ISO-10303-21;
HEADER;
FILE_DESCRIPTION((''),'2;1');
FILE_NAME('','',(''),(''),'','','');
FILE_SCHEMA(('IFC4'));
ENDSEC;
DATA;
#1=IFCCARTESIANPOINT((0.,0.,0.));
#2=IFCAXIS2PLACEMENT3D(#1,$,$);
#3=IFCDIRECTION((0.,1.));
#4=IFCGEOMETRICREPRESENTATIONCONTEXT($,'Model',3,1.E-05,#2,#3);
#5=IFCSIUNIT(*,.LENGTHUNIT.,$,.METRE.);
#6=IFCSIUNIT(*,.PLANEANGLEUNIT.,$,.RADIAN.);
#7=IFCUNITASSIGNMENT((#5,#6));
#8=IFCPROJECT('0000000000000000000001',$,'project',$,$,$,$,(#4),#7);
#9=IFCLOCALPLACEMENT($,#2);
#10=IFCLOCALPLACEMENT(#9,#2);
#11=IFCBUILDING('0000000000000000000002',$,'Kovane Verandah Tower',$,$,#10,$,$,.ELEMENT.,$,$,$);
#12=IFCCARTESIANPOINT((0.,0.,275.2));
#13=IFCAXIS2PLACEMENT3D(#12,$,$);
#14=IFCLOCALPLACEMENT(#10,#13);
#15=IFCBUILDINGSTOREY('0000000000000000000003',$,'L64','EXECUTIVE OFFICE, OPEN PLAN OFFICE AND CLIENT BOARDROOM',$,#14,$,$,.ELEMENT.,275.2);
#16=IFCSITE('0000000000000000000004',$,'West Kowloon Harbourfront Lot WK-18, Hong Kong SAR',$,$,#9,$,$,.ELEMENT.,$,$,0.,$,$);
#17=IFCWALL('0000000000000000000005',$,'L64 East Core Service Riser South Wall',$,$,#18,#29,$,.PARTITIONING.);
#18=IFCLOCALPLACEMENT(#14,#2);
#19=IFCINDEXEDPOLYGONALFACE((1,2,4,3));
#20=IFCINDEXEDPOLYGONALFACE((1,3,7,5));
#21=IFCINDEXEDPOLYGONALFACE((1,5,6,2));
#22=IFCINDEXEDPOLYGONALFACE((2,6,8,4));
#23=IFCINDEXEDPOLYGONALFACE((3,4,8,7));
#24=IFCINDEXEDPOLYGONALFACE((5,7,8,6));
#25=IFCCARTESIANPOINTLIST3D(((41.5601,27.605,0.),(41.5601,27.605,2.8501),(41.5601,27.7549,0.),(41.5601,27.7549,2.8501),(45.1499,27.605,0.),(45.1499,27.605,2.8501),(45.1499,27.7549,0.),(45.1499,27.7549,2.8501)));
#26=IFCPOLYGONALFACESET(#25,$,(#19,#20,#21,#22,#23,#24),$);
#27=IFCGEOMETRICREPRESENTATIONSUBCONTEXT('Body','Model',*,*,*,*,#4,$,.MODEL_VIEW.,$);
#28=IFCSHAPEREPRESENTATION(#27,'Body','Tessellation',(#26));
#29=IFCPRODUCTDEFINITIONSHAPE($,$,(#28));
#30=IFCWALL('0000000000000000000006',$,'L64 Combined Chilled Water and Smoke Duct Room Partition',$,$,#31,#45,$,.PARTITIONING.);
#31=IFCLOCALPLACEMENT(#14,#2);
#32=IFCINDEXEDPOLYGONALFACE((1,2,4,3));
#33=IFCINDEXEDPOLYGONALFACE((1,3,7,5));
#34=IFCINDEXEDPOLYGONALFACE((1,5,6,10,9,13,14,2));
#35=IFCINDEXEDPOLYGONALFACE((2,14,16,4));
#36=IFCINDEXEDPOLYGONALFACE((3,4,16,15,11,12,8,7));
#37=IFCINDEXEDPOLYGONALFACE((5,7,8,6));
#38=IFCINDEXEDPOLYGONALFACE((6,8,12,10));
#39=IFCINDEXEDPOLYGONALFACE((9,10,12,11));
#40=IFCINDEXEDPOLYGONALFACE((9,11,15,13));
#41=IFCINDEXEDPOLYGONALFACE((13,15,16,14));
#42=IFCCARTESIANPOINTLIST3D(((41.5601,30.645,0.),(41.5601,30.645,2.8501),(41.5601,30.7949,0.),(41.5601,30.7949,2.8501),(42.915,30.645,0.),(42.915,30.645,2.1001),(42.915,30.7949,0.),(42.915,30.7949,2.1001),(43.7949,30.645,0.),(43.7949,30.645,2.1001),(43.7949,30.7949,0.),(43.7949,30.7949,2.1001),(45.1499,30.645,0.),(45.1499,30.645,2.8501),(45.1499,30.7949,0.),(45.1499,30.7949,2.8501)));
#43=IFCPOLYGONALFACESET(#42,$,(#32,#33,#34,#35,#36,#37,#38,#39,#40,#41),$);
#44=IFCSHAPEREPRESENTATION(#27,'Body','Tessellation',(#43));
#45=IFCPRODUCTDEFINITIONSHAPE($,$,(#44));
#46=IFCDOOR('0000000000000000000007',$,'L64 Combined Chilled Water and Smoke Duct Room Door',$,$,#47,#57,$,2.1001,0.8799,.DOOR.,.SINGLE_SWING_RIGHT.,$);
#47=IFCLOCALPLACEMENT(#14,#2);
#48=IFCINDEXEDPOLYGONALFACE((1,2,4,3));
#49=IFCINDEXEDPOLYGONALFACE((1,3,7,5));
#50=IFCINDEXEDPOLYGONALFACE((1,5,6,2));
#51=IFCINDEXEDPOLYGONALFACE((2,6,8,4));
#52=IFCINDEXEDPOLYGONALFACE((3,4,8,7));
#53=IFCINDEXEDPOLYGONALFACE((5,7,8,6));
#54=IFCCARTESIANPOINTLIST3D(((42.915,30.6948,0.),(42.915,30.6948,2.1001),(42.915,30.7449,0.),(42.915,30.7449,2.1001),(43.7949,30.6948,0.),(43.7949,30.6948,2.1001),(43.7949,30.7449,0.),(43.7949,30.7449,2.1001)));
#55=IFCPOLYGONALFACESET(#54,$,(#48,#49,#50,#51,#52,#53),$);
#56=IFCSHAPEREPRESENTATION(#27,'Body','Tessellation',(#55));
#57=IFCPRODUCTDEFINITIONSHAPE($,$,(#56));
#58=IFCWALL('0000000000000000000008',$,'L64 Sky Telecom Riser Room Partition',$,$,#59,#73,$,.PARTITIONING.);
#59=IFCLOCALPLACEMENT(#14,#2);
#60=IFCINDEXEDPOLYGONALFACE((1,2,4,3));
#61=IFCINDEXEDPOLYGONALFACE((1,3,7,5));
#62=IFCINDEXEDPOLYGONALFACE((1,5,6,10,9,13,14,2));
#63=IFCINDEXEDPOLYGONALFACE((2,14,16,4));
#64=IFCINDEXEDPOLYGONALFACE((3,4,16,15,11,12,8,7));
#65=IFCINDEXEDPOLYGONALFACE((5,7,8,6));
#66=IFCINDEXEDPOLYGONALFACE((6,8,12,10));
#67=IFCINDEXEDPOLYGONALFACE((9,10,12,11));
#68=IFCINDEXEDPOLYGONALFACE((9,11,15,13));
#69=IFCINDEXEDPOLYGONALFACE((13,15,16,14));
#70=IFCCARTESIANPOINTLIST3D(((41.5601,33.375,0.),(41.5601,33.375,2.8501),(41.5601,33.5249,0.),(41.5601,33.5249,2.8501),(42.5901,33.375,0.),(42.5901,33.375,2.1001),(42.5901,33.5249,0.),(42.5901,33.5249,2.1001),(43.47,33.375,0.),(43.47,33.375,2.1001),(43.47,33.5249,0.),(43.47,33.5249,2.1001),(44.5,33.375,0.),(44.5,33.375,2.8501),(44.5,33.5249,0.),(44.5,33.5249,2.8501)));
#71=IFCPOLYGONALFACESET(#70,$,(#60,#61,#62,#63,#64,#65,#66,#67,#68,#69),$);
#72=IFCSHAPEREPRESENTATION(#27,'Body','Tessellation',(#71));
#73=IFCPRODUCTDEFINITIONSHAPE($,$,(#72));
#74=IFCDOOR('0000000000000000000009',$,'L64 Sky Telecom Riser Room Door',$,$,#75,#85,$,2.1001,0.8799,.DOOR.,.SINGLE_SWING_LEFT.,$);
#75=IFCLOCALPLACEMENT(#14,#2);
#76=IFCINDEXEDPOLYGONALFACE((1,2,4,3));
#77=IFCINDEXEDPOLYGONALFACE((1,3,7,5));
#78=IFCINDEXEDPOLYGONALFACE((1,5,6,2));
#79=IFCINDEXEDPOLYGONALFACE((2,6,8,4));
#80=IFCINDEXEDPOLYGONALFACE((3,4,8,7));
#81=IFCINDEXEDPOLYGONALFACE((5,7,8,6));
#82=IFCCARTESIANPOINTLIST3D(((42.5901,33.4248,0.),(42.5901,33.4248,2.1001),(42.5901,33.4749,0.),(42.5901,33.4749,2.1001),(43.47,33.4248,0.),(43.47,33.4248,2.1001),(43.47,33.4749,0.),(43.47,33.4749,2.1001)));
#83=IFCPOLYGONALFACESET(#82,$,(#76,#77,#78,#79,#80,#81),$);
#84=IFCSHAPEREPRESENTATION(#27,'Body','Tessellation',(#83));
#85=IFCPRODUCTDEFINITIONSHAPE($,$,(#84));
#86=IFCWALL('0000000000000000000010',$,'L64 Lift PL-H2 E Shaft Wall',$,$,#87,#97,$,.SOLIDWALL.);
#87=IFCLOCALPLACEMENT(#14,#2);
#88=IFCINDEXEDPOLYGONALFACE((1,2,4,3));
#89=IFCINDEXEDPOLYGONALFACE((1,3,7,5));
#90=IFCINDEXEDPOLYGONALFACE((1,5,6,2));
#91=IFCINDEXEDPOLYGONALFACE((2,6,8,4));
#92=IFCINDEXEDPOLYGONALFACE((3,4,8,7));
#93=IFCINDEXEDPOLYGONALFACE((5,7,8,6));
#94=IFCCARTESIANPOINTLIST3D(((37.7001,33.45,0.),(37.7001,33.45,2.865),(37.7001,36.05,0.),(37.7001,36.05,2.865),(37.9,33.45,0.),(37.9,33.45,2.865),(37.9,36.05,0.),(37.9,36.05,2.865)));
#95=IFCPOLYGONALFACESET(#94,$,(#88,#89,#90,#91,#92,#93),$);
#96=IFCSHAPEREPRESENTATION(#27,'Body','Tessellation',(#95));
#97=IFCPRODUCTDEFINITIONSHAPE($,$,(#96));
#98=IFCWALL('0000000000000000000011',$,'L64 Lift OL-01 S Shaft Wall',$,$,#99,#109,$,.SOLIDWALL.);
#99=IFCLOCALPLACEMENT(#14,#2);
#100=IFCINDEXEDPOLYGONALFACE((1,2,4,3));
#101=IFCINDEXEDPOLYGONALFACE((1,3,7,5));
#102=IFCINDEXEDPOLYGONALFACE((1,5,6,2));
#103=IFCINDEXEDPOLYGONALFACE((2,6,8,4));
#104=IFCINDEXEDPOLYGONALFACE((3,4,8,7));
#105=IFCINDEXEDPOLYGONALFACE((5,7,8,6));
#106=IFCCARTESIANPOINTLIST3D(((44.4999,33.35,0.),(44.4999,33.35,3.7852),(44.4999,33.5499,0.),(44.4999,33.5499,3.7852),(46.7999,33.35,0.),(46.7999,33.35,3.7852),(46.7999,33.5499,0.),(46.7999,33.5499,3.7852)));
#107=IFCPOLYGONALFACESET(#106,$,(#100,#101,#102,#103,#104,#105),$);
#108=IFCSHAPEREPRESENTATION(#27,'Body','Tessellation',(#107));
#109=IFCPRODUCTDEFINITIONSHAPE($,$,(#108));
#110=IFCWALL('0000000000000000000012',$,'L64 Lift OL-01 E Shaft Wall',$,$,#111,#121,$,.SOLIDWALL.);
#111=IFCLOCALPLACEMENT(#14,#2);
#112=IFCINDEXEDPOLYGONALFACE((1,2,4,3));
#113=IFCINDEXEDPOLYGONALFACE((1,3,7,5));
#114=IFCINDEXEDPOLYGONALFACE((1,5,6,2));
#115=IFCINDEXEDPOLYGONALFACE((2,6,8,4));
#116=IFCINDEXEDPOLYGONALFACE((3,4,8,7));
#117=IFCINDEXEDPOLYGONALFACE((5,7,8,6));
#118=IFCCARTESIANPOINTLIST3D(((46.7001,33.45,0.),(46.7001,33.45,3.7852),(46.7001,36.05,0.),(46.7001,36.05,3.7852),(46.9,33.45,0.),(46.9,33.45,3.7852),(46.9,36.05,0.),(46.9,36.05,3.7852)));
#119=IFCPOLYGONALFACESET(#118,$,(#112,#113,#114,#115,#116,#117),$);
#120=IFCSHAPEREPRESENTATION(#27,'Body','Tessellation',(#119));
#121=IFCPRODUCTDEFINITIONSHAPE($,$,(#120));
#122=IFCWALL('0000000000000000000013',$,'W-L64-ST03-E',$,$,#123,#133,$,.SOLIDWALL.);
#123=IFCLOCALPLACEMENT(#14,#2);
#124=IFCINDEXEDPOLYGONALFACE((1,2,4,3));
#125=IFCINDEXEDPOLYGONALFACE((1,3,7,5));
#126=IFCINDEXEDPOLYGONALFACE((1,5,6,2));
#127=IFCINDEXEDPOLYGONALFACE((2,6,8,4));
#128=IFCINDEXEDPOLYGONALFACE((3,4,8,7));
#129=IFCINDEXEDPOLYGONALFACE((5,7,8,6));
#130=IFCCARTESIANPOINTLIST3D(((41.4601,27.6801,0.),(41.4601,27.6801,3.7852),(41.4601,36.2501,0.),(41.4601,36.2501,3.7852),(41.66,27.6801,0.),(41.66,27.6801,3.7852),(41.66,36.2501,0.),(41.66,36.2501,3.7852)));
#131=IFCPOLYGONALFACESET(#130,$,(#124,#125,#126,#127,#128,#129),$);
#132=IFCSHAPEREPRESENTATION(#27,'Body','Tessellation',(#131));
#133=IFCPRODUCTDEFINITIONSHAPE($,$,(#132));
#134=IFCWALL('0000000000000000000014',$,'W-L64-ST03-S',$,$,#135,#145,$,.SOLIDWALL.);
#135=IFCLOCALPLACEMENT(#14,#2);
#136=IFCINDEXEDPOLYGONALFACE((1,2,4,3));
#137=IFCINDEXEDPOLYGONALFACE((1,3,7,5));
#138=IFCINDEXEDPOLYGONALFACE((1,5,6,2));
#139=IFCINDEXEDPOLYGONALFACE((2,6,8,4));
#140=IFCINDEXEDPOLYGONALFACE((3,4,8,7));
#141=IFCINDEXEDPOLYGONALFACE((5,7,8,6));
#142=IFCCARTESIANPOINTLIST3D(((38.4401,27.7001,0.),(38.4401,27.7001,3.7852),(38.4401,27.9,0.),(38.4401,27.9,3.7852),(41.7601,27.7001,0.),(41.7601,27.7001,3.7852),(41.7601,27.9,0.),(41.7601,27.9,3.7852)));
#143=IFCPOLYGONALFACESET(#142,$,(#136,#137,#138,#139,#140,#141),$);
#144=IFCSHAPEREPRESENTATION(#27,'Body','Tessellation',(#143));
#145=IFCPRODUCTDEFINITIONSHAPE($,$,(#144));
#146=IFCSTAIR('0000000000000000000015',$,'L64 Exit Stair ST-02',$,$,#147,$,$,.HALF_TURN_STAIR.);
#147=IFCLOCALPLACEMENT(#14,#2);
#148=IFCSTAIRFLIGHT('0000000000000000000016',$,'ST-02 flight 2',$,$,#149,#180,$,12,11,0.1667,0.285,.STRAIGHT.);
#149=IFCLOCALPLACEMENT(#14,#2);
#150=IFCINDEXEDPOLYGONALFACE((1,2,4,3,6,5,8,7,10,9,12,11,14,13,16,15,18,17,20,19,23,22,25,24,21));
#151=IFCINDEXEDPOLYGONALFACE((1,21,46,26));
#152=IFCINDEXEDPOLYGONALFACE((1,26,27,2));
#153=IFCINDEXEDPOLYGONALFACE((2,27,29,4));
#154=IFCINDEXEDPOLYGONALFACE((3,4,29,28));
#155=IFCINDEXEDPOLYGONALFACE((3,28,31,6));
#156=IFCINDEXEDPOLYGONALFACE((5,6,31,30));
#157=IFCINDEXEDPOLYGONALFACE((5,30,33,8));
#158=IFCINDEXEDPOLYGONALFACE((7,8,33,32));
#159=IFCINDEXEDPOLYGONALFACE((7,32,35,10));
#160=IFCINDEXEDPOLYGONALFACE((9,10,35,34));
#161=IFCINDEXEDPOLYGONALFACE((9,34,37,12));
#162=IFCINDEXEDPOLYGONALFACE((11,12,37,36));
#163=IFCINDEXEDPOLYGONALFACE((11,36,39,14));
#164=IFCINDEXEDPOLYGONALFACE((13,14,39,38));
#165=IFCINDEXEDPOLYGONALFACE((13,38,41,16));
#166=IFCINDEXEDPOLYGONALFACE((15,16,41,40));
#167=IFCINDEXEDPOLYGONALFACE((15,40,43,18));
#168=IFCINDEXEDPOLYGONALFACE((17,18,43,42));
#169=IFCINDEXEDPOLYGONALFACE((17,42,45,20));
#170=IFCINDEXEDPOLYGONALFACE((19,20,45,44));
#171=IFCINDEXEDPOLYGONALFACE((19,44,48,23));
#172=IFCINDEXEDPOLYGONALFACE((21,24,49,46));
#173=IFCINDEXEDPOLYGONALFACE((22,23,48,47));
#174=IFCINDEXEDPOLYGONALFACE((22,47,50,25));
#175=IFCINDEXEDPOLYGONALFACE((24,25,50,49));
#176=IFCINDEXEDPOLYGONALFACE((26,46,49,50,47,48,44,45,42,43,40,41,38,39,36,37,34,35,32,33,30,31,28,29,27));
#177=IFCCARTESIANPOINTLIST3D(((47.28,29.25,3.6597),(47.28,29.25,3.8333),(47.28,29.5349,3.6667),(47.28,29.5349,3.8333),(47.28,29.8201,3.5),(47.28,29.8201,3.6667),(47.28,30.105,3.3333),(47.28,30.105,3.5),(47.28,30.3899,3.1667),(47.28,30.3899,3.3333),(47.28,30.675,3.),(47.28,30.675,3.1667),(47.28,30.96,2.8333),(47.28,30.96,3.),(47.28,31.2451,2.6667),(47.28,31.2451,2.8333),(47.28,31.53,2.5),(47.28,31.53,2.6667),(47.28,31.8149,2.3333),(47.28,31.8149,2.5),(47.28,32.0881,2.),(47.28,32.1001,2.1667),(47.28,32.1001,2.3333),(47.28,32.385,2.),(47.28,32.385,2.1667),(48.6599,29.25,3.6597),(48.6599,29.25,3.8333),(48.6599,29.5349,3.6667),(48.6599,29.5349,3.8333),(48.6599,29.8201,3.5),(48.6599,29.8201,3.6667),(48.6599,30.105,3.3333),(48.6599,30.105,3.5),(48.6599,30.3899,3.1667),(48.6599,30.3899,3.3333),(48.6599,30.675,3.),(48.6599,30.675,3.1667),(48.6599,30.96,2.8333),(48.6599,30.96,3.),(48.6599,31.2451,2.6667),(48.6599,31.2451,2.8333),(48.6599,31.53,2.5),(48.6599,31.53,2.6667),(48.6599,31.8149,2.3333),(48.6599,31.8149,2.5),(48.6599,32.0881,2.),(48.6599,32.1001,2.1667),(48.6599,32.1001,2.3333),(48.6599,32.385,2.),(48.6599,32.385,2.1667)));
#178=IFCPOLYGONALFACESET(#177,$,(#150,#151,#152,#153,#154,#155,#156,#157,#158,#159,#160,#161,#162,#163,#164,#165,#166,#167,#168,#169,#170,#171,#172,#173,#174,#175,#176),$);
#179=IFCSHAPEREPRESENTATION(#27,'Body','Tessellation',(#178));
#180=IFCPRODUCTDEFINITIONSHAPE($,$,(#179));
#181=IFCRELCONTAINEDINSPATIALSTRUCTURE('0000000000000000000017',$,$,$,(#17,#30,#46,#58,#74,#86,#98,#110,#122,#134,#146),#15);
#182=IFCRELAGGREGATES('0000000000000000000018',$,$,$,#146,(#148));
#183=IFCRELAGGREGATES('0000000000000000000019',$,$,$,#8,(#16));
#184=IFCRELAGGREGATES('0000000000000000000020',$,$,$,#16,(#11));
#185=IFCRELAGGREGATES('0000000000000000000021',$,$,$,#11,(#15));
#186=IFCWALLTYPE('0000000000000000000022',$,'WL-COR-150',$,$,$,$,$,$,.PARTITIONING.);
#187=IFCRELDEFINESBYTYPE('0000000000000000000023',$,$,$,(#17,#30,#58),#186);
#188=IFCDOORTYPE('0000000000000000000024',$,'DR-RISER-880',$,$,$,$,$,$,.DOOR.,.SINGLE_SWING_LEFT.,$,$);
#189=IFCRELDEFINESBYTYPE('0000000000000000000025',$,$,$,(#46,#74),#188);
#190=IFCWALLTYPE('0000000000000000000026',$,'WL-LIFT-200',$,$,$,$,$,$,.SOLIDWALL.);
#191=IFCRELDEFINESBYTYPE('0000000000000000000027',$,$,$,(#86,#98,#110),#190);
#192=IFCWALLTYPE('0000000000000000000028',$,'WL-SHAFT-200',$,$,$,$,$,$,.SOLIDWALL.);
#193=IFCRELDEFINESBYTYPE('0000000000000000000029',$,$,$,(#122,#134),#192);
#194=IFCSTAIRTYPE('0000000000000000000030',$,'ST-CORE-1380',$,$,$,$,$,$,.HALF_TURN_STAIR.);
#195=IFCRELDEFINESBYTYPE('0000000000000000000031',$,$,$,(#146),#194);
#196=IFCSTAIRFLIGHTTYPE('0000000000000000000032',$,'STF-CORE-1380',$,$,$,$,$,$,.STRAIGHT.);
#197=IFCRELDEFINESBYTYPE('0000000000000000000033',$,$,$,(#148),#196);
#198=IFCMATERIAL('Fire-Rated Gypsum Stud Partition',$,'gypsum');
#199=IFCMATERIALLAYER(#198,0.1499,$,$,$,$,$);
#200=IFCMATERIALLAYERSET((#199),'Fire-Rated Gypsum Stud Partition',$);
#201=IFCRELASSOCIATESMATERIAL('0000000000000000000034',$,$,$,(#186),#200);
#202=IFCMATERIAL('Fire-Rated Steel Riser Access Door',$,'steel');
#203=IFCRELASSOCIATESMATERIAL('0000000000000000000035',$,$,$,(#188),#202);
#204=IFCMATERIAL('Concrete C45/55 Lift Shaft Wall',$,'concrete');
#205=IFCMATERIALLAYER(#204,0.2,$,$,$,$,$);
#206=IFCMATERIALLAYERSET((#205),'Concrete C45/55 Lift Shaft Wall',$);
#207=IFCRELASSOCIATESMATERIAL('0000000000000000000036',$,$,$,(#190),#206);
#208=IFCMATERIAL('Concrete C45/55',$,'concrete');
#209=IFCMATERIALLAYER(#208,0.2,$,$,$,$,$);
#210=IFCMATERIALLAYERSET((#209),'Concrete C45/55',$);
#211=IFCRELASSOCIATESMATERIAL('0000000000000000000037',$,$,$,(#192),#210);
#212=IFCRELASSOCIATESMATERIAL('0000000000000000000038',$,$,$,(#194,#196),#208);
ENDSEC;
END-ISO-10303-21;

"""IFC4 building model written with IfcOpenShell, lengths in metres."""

from ifc_helpers import new_model, si_unit, direction, frame, frame_2d, origin, place, context, subcontext, project, spatial, polyline, rectangle, outline, extrude, material, layer, layer_set, type_object, element, fill, aggregate, save


model = new_model("IFC4")

# Units and contexts
model_context = context("Model", 3, precision=1e-05, world=origin(), true_north=direction((0.0, 1.0)))
body_context = subcontext(model_context, "Body", "Model", "MODEL_VIEW")
ifc_project = project(units=[si_unit("LENGTHUNIT", "METRE"), si_unit("PLANEANGLEUNIT", "RADIAN")], contexts=[model_context])

# Site, building, storey
site_placement = place(None, origin())
site = spatial("IfcSite", under=ifc_project, at=site_placement, Name="West Kowloon Harbourfront Lot WK-18, Hong Kong SAR", CompositionType="ELEMENT", RefElevation=0.0)
building_placement = place(site_placement, origin())
building = spatial("IfcBuilding", under=site, at=building_placement, Name="Kovane Verandah Tower", CompositionType="ELEMENT")
storey_placement = place(building_placement, frame((0.0, 0.0, 275.2)))
storey = spatial("IfcBuildingStorey", under=building, at=storey_placement, Name="L64", Description="EXECUTIVE OFFICE, OPEN PLAN OFFICE AND CLIENT BOARDROOM", CompositionType="ELEMENT", Elevation=275.2)

# Wall
ifc_material_1 = material(Name="Fire-Rated Gypsum Stud Partition", Category="gypsum")
ifc_layer_1 = layer(ifc_material_1, 0.1499)
ifc_layer_set_1 = layer_set([ifc_layer_1], Name="Fire-Rated Gypsum Stud Partition")
wall_type_1 = type_object("IfcWallType", Name="WL-COR-150", PredefinedType="PARTITIONING", material=ifc_layer_set_1)
wall_1_placement = place(storey_placement, frame((41.5601, 27.6799, 0.0), z_axis=(0.0, 0.0, 1.0), x_axis=(1.0, 0.0, 0.0)))
element("IfcWall", 1, at=wall_1_placement, inside=storey, type_object=wall_type_1, Name="L64 East Core Service Riser South Wall", PredefinedType="PARTITIONING", context=body_context, shape_type="SweptSolid", body=[
    extrude(rectangle(XDim=3.5898, YDim=0.1499, at=frame_2d((1.7949, 0.0))), origin(), (0.0, 0.0, 1.0), 2.8501),
])

# Walls, openings, doors
wall_2_placement = place(storey_placement, frame((41.5601, 30.72, 0.0), z_axis=(0.0, 0.0, 1.0), x_axis=(1.0, 0.0, 0.0)))
wall_2 = element("IfcWall", 2, at=wall_2_placement, inside=storey, type_object=wall_type_1, Name="L64 Combined Chilled Water and Smoke Duct Room Partition", PredefinedType="PARTITIONING", context=body_context, shape_type="SweptSolid", body=[
    extrude(rectangle(XDim=3.5898, YDim=0.1499, at=frame_2d((1.7949, 0.0))), origin(), (0.0, 0.0, 1.0), 2.8501),
])
opening_1_placement = place(wall_2_placement, frame((1.355, 0.0, 0.0)))
opening_1 = element("IfcOpeningElement", 3, at=opening_1_placement, cuts=wall_2, PredefinedType="OPENING", context=body_context, shape_type="SweptSolid", body=[
    extrude(rectangle(XDim=0.8799, YDim=2.1001, at=frame_2d((0.4399, 1.05))), frame((0.0, 0.075, 0.0), z_axis=(0.0, -1.0, 0.0), x_axis=(1.0, 0.0, 0.0)), (0.0, 0.0, 1.0), 0.1499),
])
ifc_material_2 = material(Name="Fire-Rated Steel Riser Access Door", Category="steel")
door_type_1 = type_object("IfcDoorType", Name="DR-RISER-880", OperationType="SINGLE_SWING_LEFT", PredefinedType="DOOR", material=ifc_material_2)
door_1_placement = place(opening_1_placement, origin())
door_1 = element("IfcDoor", 4, at=door_1_placement, inside=storey, type_object=door_type_1, Name="L64 Combined Chilled Water and Smoke Duct Room Door", OperationType="SINGLE_SWING_RIGHT", OverallHeight=2.1001, OverallWidth=0.8799, PredefinedType="DOOR", context=body_context, shape_type="SweptSolid", body=[
    extrude(rectangle(XDim=0.8799, YDim=2.1001, at=frame_2d((0.4399, 1.05))), frame((0.0, 0.0249, 0.0), z_axis=(0.0, -1.0, 0.0), x_axis=(1.0, 0.0, 0.0)), (0.0, 0.0, 1.0), 0.05),
])
fill(opening_1, door_1)
wall_3_placement = place(storey_placement, frame((41.5601, 33.45, 0.0), z_axis=(0.0, 0.0, 1.0), x_axis=(1.0, 0.0, 0.0)))
wall_3 = element("IfcWall", 5, at=wall_3_placement, inside=storey, type_object=wall_type_1, Name="L64 Sky Telecom Riser Room Partition", PredefinedType="PARTITIONING", context=body_context, shape_type="SweptSolid", body=[
    extrude(rectangle(XDim=2.9399, YDim=0.1499, at=frame_2d((1.47, 0.0))), origin(), (0.0, 0.0, 1.0), 2.8501),
])
opening_2_placement = place(wall_3_placement, frame((1.03, 0.0, 0.0)))
opening_2 = element("IfcOpeningElement", 6, at=opening_2_placement, cuts=wall_3, PredefinedType="OPENING", context=body_context, shape_type="SweptSolid", body=[
    extrude(rectangle(XDim=0.8799, YDim=2.1001, at=frame_2d((0.4399, 1.05))), frame((0.0, 0.075, 0.0), z_axis=(0.0, -1.0, 0.0), x_axis=(1.0, 0.0, 0.0)), (0.0, 0.0, 1.0), 0.1499),
])
door_2_placement = place(opening_2_placement, origin())
door_2 = element("IfcDoor", 7, at=door_2_placement, inside=storey, type_object=door_type_1, Name="L64 Sky Telecom Riser Room Door", OperationType="SINGLE_SWING_LEFT", OverallHeight=2.1001, OverallWidth=0.8799, PredefinedType="DOOR", context=body_context, shape_type="SweptSolid", body=[
    extrude(rectangle(XDim=0.8799, YDim=2.1001, at=frame_2d((0.4399, 1.05))), frame((0.0, 0.0249, 0.0), z_axis=(0.0, -1.0, 0.0), x_axis=(1.0, 0.0, 0.0)), (0.0, 0.0, 1.0), 0.05),
])
fill(opening_2, door_2)

# Walls
ifc_material_3 = material(Name="Concrete C45/55 Lift Shaft Wall", Category="concrete")
ifc_layer_2 = layer(ifc_material_3, 0.2)
ifc_layer_set_2 = layer_set([ifc_layer_2], Name="Concrete C45/55 Lift Shaft Wall")
wall_type_2 = type_object("IfcWallType", Name="WL-LIFT-200", PredefinedType="SOLIDWALL", material=ifc_layer_set_2)
wall_4_placement = place(storey_placement, frame((37.8, 33.45, 0.0), z_axis=(0.0, 0.0, 1.0), x_axis=(0.0, 1.0, 0.0)))
element("IfcWall", 8, at=wall_4_placement, inside=storey, type_object=wall_type_2, Name="L64 Lift PL-H2 E Shaft Wall", PredefinedType="SOLIDWALL", context=body_context, shape_type="SweptSolid", body=[
    extrude(rectangle(XDim=2.6001, YDim=0.2, at=frame_2d((1.3, 0.0))), origin(), (0.0, 0.0, 1.0), 2.865),
])
wall_5_placement = place(storey_placement, frame((44.5, 33.45, 0.0), z_axis=(0.0, 0.0, 1.0), x_axis=(1.0, 0.0, 0.0)))
element("IfcWall", 9, at=wall_5_placement, inside=storey, type_object=wall_type_2, Name="L64 Lift OL-01 S Shaft Wall", PredefinedType="SOLIDWALL", context=body_context, shape_type="SweptSolid", body=[
    extrude(rectangle(XDim=2.3, YDim=0.2, at=frame_2d((1.1499, 0.0))), origin(), (0.0, 0.0, 1.0), 3.7852),
])
wall_6_placement = place(storey_placement, frame((46.8, 33.45, 0.0), z_axis=(0.0, 0.0, 1.0), x_axis=(0.0, 1.0, 0.0)))
element("IfcWall", 10, at=wall_6_placement, inside=storey, type_object=wall_type_2, Name="L64 Lift OL-01 E Shaft Wall", PredefinedType="SOLIDWALL", context=body_context, shape_type="SweptSolid", body=[
    extrude(rectangle(XDim=2.6001, YDim=0.2, at=frame_2d((1.3, 0.0))), origin(), (0.0, 0.0, 1.0), 3.7852),
])

# Shared definitions
ifc_material_4 = material(Name="Concrete C45/55", Category="concrete")
ifc_layer_3 = layer(ifc_material_4, 0.2)
ifc_layer_set_3 = layer_set([ifc_layer_3], Name="Concrete C45/55")
wall_type_3 = type_object("IfcWallType", Name="WL-SHAFT-200", PredefinedType="SOLIDWALL", material=ifc_layer_set_3)

# Walls
wall_7_placement = place(storey_placement, frame((41.5601, 27.6799, 0.0), z_axis=(0.0, 0.0, 1.0), x_axis=(0.0, 1.0, 0.0)))
element("IfcWall", 11, at=wall_7_placement, inside=storey, type_object=wall_type_3, Name="W-L64-ST03-E", PredefinedType="SOLIDWALL", context=body_context, shape_type="SweptSolid", body=[
    extrude(rectangle(XDim=8.5701, YDim=0.2, at=frame_2d((4.2852, 0.0))), origin(), (0.0, 0.0, 1.0), 3.7852),
])
wall_8_placement = place(storey_placement, frame((38.4399, 27.8, 0.0), z_axis=(0.0, 0.0, 1.0), x_axis=(1.0, 0.0, 0.0)))
element("IfcWall", 12, at=wall_8_placement, inside=storey, type_object=wall_type_3, Name="W-L64-ST03-S", PredefinedType="SOLIDWALL", context=body_context, shape_type="SweptSolid", body=[
    extrude(rectangle(XDim=3.3201, YDim=0.2, at=frame_2d((1.6602, 0.0))), origin(), (0.0, 0.0, 1.0), 3.7852),
])

# Stair, stair flight
stair_type = type_object("IfcStairType", Name="ST-CORE-1380", PredefinedType="HALF_TURN_STAIR", material=ifc_material_4)
stair_1_placement = place(storey_placement, origin())
stair_1 = element("IfcStair", 13, at=stair_1_placement, inside=storey, type_object=stair_type, Name="L64 Exit Stair ST-02", PredefinedType="HALF_TURN_STAIR")
stair_flight_type = type_object("IfcStairFlightType", Name="STF-CORE-1380", PredefinedType="STRAIGHT", material=ifc_material_4)
stair_flight_1_placement = place(storey_placement, frame((47.97, 32.385, 2.0), z_axis=(0.0, 0.0, 1.0), x_axis=(0.0, -1.0, 0.0)))
stair_flight_1 = element("IfcStairFlight", 14, at=stair_flight_1_placement, type_object=stair_flight_type, Name="ST-02 flight 2", NumberOfRisers=12, NumberOfTreads=11, PredefinedType="STRAIGHT", RiserHeight=0.1667, TreadLength=0.285, context=body_context, shape_type="SweptSolid", body=[
    extrude(outline(polyline([(0.0, 0.0), (0.0, 0.1667), (0.2849, 0.1667), (0.2849, 0.3333), (0.5701, 0.3333), (0.5701, 0.5), (0.855, 0.5), (0.855, 0.6667), (1.1399, 0.6667), (1.1399, 0.8333), (1.425, 0.8333), (1.425, 1.0), (1.71, 1.0), (1.71, 1.1667), (1.9951, 1.1667), (1.9951, 1.3333), (2.28, 1.3333), (2.28, 1.5), (2.5649, 1.5), (2.5649, 1.6667), (2.8501, 1.6667), (2.8501, 1.8333), (3.135, 1.8333), (3.135, 2.0), (3.135, 1.6597), (0.2969, 0.0), (0.0, 0.0)])), frame((0.0, 0.6899, 0.0), z_axis=(0.0, -1.0, 0.0), x_axis=(1.0, 0.0, 0.0)), (0.0, 0.0, 1.0), 1.3799),
])
aggregate(stair_1, [stair_flight_1])

save(model, "model.ifc")
